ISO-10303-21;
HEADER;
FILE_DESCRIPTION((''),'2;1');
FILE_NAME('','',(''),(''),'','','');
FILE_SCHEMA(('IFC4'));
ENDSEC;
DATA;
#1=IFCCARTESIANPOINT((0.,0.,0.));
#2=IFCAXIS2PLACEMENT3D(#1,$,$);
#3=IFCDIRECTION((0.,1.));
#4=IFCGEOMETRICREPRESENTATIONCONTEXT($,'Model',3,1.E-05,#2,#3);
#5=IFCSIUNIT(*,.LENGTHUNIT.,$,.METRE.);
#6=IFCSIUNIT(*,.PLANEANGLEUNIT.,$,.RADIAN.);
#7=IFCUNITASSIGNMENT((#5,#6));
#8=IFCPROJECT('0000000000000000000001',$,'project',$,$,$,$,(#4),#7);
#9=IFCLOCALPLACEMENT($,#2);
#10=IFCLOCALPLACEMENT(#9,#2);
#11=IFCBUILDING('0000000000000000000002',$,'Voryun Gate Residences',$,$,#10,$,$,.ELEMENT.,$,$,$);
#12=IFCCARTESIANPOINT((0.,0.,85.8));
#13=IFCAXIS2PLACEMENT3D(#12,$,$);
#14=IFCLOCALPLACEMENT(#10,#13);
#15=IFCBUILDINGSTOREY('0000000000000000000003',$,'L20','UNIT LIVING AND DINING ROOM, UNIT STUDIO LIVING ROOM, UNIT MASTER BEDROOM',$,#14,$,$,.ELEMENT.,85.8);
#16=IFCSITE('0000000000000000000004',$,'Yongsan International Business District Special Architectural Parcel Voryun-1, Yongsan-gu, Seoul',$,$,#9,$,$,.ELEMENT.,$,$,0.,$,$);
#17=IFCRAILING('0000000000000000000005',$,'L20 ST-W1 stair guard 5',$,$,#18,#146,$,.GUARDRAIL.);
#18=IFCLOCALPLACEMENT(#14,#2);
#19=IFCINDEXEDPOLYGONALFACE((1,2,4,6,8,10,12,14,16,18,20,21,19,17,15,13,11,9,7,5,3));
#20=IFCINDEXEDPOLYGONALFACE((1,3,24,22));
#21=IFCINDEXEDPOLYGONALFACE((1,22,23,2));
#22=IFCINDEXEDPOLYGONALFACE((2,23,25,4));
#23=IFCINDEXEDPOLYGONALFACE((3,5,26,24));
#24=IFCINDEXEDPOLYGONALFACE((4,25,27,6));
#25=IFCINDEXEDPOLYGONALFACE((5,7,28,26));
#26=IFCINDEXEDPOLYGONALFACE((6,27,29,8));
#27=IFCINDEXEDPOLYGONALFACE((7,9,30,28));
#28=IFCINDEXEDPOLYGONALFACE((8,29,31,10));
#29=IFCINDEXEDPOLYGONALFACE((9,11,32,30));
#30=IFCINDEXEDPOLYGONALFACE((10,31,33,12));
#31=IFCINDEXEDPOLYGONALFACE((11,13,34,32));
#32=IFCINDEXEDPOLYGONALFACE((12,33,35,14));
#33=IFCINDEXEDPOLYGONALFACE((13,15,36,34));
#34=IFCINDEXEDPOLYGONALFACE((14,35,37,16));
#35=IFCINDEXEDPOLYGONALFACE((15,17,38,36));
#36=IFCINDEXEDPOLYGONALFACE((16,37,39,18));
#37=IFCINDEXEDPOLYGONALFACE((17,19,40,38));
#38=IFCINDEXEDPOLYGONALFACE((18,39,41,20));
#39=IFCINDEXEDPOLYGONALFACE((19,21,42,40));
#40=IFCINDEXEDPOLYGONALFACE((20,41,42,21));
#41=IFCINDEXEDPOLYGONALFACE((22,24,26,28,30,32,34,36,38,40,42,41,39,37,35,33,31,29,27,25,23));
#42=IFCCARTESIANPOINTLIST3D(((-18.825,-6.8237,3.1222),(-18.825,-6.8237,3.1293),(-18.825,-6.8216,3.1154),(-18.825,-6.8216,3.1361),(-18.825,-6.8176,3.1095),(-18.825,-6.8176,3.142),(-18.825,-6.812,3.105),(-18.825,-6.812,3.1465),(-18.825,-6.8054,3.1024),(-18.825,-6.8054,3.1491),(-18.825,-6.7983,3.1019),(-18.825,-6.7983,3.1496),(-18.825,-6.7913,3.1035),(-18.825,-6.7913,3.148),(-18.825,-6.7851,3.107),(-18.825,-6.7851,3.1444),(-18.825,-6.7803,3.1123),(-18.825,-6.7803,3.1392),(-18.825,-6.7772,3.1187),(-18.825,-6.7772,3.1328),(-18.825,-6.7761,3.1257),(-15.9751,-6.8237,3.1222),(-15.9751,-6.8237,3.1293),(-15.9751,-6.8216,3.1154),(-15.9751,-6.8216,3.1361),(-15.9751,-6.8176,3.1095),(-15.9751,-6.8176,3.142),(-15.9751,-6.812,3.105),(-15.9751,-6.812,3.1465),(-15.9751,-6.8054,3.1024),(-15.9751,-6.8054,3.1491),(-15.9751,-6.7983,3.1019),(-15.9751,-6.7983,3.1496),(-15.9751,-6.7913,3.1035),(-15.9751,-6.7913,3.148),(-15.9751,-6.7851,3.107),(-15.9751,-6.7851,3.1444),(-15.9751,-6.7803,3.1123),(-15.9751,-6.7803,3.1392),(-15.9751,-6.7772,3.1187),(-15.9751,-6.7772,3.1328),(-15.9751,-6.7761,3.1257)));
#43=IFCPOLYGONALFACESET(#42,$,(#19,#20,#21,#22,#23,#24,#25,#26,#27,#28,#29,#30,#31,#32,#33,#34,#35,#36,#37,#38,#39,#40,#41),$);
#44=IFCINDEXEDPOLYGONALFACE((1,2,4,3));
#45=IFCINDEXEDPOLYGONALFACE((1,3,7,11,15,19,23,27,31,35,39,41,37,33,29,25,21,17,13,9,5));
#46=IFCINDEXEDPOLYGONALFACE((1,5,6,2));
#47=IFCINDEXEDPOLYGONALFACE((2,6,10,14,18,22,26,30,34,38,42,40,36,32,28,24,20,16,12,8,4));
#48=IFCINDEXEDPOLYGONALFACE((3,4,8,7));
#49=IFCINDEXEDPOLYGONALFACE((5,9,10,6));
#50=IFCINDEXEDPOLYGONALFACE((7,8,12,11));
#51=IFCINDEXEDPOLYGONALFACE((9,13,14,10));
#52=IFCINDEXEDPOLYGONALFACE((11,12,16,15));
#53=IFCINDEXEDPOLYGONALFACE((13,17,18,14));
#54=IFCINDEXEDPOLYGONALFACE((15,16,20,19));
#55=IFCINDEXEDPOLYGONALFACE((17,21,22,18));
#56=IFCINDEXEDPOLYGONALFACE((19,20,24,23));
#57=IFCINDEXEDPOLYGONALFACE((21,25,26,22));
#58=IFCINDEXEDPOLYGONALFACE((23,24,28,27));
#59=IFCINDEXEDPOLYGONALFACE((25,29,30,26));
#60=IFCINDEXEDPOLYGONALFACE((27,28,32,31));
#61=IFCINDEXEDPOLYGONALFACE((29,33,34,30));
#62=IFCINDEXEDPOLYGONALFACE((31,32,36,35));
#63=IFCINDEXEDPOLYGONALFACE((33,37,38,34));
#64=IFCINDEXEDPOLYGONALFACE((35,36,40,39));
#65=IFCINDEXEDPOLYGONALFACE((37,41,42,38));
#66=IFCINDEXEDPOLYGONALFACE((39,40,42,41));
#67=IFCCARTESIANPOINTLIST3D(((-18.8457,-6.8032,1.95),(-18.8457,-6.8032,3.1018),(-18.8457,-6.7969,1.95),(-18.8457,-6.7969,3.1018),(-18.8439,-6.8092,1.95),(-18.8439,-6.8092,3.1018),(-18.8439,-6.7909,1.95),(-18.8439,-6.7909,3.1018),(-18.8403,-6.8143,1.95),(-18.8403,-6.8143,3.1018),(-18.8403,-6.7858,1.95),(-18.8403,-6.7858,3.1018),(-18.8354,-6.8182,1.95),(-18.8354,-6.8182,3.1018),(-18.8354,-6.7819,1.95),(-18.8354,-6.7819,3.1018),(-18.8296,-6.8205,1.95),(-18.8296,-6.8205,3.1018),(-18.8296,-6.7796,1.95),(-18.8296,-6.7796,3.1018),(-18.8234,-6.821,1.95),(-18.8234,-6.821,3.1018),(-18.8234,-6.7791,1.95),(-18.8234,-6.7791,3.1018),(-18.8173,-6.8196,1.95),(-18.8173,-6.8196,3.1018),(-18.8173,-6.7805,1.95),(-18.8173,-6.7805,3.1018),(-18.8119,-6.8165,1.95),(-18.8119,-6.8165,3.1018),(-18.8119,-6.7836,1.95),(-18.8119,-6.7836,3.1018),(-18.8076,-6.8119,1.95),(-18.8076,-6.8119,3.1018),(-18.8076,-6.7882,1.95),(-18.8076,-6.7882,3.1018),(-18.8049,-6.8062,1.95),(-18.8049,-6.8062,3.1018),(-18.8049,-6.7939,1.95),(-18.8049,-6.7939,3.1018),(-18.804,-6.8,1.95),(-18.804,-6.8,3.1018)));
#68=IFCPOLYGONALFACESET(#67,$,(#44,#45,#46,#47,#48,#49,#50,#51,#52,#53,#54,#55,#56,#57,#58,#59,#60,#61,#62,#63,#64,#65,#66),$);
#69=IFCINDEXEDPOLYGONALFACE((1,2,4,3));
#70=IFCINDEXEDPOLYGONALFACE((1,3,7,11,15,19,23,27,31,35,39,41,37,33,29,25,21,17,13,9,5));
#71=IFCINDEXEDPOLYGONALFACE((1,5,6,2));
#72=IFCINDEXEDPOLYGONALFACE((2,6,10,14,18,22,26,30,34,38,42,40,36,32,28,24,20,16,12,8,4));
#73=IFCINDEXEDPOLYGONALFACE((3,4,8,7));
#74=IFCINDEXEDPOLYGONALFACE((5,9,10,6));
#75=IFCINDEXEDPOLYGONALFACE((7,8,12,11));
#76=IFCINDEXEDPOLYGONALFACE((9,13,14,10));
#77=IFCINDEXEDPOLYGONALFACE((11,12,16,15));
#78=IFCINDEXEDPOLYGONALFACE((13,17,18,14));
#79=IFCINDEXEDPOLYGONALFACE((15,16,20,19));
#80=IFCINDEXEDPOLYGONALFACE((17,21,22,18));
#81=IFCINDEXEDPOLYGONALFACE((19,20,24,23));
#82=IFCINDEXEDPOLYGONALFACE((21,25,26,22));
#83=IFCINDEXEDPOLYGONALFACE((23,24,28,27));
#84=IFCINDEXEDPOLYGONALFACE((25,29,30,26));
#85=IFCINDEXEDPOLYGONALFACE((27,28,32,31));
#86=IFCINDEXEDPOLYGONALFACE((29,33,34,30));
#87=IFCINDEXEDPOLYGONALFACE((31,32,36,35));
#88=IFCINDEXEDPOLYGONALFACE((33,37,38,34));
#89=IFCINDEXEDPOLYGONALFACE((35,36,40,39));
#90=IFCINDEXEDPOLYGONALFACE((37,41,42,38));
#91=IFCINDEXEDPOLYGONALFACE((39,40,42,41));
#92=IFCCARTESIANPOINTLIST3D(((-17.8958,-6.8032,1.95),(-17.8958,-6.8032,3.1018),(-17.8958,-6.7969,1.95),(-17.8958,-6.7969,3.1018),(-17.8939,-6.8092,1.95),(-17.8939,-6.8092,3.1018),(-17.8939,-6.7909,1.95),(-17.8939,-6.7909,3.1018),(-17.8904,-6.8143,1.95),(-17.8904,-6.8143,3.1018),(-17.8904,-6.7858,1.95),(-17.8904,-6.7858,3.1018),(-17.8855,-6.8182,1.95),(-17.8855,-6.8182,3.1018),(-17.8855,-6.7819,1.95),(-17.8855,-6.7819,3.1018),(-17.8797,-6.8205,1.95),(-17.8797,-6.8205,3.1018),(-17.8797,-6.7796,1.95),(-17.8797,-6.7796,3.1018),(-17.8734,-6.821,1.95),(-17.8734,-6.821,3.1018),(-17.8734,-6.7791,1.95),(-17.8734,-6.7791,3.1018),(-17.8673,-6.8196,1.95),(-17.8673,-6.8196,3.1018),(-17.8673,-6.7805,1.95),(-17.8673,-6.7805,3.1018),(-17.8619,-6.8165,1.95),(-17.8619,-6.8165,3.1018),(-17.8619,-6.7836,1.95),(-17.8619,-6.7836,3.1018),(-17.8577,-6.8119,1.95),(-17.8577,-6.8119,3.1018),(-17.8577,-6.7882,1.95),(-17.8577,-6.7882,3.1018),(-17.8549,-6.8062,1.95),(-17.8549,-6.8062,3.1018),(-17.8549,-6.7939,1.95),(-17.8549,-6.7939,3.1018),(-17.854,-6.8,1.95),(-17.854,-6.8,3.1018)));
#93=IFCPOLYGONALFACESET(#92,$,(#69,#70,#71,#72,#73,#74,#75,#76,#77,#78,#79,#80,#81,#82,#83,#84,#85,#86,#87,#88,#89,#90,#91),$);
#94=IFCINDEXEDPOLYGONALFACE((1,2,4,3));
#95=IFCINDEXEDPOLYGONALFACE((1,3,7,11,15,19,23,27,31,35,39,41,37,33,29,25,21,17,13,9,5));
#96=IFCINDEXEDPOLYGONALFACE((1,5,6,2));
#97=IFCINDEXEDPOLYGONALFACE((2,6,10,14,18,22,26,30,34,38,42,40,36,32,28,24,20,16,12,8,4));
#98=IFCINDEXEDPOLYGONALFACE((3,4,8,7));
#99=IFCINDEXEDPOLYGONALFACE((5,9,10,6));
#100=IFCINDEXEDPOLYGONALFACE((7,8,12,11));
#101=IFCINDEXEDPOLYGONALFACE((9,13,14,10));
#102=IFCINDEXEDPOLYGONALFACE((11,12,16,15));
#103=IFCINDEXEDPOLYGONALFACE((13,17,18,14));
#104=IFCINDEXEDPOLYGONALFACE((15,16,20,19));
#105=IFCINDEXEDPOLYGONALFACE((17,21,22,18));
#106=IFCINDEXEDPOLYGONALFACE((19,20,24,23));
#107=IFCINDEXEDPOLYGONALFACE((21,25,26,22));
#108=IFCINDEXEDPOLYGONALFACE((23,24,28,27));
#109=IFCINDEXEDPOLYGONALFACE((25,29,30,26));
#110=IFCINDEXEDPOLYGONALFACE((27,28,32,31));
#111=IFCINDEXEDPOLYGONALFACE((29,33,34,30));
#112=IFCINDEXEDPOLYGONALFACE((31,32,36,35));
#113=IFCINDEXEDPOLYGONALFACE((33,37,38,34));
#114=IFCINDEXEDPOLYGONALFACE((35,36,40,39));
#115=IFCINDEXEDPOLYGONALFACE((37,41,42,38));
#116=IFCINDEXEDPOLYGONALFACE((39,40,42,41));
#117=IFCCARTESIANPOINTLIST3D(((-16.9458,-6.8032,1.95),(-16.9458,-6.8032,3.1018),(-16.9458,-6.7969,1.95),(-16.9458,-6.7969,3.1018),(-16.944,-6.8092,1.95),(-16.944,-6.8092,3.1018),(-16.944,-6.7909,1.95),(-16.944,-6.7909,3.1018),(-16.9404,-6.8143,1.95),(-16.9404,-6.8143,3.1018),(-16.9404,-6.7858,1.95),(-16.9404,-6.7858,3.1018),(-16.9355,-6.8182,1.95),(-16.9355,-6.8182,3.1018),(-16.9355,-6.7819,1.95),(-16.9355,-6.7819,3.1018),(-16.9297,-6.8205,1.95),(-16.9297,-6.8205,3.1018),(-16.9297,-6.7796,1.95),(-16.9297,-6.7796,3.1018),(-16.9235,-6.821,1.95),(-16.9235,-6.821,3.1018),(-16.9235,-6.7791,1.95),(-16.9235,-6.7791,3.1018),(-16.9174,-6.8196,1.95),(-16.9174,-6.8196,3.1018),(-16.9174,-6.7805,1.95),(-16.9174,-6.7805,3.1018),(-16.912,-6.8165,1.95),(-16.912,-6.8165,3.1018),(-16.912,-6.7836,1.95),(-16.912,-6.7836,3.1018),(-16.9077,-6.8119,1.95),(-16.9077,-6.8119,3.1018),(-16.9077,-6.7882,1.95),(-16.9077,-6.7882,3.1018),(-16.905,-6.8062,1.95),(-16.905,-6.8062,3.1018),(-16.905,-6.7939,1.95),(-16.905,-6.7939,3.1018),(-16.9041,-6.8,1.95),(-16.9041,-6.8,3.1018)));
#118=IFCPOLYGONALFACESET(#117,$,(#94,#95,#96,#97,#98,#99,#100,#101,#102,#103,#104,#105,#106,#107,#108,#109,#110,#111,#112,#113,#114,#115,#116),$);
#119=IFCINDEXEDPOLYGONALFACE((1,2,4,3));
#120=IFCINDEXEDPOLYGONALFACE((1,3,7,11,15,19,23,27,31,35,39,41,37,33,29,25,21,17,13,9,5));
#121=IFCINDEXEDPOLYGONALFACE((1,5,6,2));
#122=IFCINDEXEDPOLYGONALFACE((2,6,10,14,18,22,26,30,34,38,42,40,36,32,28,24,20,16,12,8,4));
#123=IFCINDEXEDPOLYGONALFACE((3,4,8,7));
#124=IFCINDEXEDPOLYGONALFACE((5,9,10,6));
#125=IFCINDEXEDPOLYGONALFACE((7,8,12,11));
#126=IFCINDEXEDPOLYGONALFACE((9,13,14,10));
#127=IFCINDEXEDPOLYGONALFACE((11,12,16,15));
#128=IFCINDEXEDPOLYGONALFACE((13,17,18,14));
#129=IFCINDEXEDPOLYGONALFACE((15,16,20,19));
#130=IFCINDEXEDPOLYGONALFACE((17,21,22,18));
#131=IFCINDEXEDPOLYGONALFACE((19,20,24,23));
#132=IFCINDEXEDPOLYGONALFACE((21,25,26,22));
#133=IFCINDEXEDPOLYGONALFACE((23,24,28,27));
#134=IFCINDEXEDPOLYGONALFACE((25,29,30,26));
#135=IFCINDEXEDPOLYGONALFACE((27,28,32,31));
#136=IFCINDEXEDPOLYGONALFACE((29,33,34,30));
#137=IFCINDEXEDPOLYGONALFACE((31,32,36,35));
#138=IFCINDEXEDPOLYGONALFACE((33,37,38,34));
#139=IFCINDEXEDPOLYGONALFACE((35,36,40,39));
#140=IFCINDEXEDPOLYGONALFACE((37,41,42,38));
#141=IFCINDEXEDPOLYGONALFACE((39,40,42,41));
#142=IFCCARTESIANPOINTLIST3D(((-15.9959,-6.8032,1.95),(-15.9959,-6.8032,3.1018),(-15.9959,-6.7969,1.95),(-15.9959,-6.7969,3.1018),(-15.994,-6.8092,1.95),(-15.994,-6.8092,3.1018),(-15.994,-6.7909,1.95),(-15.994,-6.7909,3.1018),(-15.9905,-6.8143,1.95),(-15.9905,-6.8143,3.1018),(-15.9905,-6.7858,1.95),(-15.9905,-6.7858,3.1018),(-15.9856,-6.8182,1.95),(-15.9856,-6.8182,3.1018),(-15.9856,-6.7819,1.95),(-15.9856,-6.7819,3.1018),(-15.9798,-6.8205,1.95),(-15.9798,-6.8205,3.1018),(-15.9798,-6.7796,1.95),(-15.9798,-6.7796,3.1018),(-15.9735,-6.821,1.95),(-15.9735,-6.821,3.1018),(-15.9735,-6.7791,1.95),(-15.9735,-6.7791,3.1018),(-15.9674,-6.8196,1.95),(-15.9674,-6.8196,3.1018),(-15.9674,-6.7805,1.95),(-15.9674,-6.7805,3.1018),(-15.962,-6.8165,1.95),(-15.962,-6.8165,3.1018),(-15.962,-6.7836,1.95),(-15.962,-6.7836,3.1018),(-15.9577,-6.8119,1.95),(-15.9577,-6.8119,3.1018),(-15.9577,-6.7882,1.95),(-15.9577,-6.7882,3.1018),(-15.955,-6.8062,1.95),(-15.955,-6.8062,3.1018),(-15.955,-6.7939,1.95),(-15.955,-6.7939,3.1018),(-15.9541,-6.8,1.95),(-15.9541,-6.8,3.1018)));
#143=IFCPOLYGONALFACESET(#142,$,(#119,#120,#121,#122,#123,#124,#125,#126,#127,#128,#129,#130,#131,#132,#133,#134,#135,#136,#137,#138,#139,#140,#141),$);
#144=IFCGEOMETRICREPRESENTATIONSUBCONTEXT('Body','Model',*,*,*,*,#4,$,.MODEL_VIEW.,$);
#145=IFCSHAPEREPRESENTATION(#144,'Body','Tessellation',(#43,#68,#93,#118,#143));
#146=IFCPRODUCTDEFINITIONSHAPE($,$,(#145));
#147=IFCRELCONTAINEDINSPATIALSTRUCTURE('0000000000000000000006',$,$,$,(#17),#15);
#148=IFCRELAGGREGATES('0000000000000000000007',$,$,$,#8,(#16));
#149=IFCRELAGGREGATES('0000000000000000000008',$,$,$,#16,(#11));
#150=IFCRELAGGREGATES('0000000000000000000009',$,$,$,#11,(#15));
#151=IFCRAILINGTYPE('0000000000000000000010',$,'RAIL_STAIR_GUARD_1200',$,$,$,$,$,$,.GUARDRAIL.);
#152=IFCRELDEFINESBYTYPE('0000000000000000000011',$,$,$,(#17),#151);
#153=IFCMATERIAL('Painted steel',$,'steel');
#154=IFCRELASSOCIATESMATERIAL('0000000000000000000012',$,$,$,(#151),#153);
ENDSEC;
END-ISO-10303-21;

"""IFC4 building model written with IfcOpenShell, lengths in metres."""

from ifc_helpers import new_model, si_unit, direction, frame, origin, origin_2d, place, context, subcontext, project, spatial, circle, extrude, material, type_object, element, save


model = new_model("IFC4")

# Units and contexts
model_context = context("Model", 3, precision=1e-05, world=origin(), true_north=direction((0.0, 1.0)))
body_context = subcontext(model_context, "Body", "Model", "MODEL_VIEW")
ifc_project = project(units=[si_unit("LENGTHUNIT", "METRE"), si_unit("PLANEANGLEUNIT", "RADIAN")], contexts=[model_context])

# Site, building, storey
site_placement = place(None, origin())
site = spatial("IfcSite", under=ifc_project, at=site_placement, Name="Yongsan International Business District Special Architectural Parcel Voryun-1, Yongsan-gu, Seoul", CompositionType="ELEMENT", RefElevation=0.0)
building_placement = place(site_placement, origin())
building = spatial("IfcBuilding", under=site, at=building_placement, Name="Voryun Gate Residences", CompositionType="ELEMENT")
storey_placement = place(building_placement, frame((0.0, 0.0, 85.8)))
storey = spatial("IfcBuildingStorey", under=building, at=storey_placement, Name="L20", Description="UNIT LIVING AND DINING ROOM, UNIT STUDIO LIVING ROOM, UNIT MASTER BEDROOM", CompositionType="ELEMENT", Elevation=85.8)

# Railing
ifc_material_1 = material(Name="Painted steel", Category="steel")
railing_type_1 = type_object("IfcRailingType", Name="RAIL_STAIR_GUARD_1200", PredefinedType="GUARDRAIL", material=ifc_material_1)
railing_1_placement = place(storey_placement, frame((-18.825, -6.8, 1.95)))
element("IfcRailing", 1, at=railing_1_placement, inside=storey, type_object=railing_type_1, Name="L20 ST-W1 stair guard 5", PredefinedType="GUARDRAIL", context=body_context, shape_type="SweptSolid", body=[
    extrude(circle(Radius=0.0239, at=origin_2d()), frame((0.0, 0.0, 1.1758), z_axis=(1.0, 0.0, 0.0), x_axis=(0.0, 1.0, 0.0)), (0.0, 0.0, 1.0), 2.8499),
    extrude(circle(Radius=0.021, at=origin_2d()), origin(), (0.0, 0.0, 1.0), 1.1519),
    extrude(circle(Radius=0.021, at=origin_2d()), frame((0.95, 0.0, 0.0)), (0.0, 0.0, 1.0), 1.1519),
    extrude(circle(Radius=0.021, at=origin_2d()), frame((1.8999, 0.0, 0.0)), (0.0, 0.0, 1.0), 1.1519),
    extrude(circle(Radius=0.021, at=origin_2d()), frame((2.8499, 0.0, 0.0)), (0.0, 0.0, 1.0), 1.1519),
])

save(model, "model.ifc")
